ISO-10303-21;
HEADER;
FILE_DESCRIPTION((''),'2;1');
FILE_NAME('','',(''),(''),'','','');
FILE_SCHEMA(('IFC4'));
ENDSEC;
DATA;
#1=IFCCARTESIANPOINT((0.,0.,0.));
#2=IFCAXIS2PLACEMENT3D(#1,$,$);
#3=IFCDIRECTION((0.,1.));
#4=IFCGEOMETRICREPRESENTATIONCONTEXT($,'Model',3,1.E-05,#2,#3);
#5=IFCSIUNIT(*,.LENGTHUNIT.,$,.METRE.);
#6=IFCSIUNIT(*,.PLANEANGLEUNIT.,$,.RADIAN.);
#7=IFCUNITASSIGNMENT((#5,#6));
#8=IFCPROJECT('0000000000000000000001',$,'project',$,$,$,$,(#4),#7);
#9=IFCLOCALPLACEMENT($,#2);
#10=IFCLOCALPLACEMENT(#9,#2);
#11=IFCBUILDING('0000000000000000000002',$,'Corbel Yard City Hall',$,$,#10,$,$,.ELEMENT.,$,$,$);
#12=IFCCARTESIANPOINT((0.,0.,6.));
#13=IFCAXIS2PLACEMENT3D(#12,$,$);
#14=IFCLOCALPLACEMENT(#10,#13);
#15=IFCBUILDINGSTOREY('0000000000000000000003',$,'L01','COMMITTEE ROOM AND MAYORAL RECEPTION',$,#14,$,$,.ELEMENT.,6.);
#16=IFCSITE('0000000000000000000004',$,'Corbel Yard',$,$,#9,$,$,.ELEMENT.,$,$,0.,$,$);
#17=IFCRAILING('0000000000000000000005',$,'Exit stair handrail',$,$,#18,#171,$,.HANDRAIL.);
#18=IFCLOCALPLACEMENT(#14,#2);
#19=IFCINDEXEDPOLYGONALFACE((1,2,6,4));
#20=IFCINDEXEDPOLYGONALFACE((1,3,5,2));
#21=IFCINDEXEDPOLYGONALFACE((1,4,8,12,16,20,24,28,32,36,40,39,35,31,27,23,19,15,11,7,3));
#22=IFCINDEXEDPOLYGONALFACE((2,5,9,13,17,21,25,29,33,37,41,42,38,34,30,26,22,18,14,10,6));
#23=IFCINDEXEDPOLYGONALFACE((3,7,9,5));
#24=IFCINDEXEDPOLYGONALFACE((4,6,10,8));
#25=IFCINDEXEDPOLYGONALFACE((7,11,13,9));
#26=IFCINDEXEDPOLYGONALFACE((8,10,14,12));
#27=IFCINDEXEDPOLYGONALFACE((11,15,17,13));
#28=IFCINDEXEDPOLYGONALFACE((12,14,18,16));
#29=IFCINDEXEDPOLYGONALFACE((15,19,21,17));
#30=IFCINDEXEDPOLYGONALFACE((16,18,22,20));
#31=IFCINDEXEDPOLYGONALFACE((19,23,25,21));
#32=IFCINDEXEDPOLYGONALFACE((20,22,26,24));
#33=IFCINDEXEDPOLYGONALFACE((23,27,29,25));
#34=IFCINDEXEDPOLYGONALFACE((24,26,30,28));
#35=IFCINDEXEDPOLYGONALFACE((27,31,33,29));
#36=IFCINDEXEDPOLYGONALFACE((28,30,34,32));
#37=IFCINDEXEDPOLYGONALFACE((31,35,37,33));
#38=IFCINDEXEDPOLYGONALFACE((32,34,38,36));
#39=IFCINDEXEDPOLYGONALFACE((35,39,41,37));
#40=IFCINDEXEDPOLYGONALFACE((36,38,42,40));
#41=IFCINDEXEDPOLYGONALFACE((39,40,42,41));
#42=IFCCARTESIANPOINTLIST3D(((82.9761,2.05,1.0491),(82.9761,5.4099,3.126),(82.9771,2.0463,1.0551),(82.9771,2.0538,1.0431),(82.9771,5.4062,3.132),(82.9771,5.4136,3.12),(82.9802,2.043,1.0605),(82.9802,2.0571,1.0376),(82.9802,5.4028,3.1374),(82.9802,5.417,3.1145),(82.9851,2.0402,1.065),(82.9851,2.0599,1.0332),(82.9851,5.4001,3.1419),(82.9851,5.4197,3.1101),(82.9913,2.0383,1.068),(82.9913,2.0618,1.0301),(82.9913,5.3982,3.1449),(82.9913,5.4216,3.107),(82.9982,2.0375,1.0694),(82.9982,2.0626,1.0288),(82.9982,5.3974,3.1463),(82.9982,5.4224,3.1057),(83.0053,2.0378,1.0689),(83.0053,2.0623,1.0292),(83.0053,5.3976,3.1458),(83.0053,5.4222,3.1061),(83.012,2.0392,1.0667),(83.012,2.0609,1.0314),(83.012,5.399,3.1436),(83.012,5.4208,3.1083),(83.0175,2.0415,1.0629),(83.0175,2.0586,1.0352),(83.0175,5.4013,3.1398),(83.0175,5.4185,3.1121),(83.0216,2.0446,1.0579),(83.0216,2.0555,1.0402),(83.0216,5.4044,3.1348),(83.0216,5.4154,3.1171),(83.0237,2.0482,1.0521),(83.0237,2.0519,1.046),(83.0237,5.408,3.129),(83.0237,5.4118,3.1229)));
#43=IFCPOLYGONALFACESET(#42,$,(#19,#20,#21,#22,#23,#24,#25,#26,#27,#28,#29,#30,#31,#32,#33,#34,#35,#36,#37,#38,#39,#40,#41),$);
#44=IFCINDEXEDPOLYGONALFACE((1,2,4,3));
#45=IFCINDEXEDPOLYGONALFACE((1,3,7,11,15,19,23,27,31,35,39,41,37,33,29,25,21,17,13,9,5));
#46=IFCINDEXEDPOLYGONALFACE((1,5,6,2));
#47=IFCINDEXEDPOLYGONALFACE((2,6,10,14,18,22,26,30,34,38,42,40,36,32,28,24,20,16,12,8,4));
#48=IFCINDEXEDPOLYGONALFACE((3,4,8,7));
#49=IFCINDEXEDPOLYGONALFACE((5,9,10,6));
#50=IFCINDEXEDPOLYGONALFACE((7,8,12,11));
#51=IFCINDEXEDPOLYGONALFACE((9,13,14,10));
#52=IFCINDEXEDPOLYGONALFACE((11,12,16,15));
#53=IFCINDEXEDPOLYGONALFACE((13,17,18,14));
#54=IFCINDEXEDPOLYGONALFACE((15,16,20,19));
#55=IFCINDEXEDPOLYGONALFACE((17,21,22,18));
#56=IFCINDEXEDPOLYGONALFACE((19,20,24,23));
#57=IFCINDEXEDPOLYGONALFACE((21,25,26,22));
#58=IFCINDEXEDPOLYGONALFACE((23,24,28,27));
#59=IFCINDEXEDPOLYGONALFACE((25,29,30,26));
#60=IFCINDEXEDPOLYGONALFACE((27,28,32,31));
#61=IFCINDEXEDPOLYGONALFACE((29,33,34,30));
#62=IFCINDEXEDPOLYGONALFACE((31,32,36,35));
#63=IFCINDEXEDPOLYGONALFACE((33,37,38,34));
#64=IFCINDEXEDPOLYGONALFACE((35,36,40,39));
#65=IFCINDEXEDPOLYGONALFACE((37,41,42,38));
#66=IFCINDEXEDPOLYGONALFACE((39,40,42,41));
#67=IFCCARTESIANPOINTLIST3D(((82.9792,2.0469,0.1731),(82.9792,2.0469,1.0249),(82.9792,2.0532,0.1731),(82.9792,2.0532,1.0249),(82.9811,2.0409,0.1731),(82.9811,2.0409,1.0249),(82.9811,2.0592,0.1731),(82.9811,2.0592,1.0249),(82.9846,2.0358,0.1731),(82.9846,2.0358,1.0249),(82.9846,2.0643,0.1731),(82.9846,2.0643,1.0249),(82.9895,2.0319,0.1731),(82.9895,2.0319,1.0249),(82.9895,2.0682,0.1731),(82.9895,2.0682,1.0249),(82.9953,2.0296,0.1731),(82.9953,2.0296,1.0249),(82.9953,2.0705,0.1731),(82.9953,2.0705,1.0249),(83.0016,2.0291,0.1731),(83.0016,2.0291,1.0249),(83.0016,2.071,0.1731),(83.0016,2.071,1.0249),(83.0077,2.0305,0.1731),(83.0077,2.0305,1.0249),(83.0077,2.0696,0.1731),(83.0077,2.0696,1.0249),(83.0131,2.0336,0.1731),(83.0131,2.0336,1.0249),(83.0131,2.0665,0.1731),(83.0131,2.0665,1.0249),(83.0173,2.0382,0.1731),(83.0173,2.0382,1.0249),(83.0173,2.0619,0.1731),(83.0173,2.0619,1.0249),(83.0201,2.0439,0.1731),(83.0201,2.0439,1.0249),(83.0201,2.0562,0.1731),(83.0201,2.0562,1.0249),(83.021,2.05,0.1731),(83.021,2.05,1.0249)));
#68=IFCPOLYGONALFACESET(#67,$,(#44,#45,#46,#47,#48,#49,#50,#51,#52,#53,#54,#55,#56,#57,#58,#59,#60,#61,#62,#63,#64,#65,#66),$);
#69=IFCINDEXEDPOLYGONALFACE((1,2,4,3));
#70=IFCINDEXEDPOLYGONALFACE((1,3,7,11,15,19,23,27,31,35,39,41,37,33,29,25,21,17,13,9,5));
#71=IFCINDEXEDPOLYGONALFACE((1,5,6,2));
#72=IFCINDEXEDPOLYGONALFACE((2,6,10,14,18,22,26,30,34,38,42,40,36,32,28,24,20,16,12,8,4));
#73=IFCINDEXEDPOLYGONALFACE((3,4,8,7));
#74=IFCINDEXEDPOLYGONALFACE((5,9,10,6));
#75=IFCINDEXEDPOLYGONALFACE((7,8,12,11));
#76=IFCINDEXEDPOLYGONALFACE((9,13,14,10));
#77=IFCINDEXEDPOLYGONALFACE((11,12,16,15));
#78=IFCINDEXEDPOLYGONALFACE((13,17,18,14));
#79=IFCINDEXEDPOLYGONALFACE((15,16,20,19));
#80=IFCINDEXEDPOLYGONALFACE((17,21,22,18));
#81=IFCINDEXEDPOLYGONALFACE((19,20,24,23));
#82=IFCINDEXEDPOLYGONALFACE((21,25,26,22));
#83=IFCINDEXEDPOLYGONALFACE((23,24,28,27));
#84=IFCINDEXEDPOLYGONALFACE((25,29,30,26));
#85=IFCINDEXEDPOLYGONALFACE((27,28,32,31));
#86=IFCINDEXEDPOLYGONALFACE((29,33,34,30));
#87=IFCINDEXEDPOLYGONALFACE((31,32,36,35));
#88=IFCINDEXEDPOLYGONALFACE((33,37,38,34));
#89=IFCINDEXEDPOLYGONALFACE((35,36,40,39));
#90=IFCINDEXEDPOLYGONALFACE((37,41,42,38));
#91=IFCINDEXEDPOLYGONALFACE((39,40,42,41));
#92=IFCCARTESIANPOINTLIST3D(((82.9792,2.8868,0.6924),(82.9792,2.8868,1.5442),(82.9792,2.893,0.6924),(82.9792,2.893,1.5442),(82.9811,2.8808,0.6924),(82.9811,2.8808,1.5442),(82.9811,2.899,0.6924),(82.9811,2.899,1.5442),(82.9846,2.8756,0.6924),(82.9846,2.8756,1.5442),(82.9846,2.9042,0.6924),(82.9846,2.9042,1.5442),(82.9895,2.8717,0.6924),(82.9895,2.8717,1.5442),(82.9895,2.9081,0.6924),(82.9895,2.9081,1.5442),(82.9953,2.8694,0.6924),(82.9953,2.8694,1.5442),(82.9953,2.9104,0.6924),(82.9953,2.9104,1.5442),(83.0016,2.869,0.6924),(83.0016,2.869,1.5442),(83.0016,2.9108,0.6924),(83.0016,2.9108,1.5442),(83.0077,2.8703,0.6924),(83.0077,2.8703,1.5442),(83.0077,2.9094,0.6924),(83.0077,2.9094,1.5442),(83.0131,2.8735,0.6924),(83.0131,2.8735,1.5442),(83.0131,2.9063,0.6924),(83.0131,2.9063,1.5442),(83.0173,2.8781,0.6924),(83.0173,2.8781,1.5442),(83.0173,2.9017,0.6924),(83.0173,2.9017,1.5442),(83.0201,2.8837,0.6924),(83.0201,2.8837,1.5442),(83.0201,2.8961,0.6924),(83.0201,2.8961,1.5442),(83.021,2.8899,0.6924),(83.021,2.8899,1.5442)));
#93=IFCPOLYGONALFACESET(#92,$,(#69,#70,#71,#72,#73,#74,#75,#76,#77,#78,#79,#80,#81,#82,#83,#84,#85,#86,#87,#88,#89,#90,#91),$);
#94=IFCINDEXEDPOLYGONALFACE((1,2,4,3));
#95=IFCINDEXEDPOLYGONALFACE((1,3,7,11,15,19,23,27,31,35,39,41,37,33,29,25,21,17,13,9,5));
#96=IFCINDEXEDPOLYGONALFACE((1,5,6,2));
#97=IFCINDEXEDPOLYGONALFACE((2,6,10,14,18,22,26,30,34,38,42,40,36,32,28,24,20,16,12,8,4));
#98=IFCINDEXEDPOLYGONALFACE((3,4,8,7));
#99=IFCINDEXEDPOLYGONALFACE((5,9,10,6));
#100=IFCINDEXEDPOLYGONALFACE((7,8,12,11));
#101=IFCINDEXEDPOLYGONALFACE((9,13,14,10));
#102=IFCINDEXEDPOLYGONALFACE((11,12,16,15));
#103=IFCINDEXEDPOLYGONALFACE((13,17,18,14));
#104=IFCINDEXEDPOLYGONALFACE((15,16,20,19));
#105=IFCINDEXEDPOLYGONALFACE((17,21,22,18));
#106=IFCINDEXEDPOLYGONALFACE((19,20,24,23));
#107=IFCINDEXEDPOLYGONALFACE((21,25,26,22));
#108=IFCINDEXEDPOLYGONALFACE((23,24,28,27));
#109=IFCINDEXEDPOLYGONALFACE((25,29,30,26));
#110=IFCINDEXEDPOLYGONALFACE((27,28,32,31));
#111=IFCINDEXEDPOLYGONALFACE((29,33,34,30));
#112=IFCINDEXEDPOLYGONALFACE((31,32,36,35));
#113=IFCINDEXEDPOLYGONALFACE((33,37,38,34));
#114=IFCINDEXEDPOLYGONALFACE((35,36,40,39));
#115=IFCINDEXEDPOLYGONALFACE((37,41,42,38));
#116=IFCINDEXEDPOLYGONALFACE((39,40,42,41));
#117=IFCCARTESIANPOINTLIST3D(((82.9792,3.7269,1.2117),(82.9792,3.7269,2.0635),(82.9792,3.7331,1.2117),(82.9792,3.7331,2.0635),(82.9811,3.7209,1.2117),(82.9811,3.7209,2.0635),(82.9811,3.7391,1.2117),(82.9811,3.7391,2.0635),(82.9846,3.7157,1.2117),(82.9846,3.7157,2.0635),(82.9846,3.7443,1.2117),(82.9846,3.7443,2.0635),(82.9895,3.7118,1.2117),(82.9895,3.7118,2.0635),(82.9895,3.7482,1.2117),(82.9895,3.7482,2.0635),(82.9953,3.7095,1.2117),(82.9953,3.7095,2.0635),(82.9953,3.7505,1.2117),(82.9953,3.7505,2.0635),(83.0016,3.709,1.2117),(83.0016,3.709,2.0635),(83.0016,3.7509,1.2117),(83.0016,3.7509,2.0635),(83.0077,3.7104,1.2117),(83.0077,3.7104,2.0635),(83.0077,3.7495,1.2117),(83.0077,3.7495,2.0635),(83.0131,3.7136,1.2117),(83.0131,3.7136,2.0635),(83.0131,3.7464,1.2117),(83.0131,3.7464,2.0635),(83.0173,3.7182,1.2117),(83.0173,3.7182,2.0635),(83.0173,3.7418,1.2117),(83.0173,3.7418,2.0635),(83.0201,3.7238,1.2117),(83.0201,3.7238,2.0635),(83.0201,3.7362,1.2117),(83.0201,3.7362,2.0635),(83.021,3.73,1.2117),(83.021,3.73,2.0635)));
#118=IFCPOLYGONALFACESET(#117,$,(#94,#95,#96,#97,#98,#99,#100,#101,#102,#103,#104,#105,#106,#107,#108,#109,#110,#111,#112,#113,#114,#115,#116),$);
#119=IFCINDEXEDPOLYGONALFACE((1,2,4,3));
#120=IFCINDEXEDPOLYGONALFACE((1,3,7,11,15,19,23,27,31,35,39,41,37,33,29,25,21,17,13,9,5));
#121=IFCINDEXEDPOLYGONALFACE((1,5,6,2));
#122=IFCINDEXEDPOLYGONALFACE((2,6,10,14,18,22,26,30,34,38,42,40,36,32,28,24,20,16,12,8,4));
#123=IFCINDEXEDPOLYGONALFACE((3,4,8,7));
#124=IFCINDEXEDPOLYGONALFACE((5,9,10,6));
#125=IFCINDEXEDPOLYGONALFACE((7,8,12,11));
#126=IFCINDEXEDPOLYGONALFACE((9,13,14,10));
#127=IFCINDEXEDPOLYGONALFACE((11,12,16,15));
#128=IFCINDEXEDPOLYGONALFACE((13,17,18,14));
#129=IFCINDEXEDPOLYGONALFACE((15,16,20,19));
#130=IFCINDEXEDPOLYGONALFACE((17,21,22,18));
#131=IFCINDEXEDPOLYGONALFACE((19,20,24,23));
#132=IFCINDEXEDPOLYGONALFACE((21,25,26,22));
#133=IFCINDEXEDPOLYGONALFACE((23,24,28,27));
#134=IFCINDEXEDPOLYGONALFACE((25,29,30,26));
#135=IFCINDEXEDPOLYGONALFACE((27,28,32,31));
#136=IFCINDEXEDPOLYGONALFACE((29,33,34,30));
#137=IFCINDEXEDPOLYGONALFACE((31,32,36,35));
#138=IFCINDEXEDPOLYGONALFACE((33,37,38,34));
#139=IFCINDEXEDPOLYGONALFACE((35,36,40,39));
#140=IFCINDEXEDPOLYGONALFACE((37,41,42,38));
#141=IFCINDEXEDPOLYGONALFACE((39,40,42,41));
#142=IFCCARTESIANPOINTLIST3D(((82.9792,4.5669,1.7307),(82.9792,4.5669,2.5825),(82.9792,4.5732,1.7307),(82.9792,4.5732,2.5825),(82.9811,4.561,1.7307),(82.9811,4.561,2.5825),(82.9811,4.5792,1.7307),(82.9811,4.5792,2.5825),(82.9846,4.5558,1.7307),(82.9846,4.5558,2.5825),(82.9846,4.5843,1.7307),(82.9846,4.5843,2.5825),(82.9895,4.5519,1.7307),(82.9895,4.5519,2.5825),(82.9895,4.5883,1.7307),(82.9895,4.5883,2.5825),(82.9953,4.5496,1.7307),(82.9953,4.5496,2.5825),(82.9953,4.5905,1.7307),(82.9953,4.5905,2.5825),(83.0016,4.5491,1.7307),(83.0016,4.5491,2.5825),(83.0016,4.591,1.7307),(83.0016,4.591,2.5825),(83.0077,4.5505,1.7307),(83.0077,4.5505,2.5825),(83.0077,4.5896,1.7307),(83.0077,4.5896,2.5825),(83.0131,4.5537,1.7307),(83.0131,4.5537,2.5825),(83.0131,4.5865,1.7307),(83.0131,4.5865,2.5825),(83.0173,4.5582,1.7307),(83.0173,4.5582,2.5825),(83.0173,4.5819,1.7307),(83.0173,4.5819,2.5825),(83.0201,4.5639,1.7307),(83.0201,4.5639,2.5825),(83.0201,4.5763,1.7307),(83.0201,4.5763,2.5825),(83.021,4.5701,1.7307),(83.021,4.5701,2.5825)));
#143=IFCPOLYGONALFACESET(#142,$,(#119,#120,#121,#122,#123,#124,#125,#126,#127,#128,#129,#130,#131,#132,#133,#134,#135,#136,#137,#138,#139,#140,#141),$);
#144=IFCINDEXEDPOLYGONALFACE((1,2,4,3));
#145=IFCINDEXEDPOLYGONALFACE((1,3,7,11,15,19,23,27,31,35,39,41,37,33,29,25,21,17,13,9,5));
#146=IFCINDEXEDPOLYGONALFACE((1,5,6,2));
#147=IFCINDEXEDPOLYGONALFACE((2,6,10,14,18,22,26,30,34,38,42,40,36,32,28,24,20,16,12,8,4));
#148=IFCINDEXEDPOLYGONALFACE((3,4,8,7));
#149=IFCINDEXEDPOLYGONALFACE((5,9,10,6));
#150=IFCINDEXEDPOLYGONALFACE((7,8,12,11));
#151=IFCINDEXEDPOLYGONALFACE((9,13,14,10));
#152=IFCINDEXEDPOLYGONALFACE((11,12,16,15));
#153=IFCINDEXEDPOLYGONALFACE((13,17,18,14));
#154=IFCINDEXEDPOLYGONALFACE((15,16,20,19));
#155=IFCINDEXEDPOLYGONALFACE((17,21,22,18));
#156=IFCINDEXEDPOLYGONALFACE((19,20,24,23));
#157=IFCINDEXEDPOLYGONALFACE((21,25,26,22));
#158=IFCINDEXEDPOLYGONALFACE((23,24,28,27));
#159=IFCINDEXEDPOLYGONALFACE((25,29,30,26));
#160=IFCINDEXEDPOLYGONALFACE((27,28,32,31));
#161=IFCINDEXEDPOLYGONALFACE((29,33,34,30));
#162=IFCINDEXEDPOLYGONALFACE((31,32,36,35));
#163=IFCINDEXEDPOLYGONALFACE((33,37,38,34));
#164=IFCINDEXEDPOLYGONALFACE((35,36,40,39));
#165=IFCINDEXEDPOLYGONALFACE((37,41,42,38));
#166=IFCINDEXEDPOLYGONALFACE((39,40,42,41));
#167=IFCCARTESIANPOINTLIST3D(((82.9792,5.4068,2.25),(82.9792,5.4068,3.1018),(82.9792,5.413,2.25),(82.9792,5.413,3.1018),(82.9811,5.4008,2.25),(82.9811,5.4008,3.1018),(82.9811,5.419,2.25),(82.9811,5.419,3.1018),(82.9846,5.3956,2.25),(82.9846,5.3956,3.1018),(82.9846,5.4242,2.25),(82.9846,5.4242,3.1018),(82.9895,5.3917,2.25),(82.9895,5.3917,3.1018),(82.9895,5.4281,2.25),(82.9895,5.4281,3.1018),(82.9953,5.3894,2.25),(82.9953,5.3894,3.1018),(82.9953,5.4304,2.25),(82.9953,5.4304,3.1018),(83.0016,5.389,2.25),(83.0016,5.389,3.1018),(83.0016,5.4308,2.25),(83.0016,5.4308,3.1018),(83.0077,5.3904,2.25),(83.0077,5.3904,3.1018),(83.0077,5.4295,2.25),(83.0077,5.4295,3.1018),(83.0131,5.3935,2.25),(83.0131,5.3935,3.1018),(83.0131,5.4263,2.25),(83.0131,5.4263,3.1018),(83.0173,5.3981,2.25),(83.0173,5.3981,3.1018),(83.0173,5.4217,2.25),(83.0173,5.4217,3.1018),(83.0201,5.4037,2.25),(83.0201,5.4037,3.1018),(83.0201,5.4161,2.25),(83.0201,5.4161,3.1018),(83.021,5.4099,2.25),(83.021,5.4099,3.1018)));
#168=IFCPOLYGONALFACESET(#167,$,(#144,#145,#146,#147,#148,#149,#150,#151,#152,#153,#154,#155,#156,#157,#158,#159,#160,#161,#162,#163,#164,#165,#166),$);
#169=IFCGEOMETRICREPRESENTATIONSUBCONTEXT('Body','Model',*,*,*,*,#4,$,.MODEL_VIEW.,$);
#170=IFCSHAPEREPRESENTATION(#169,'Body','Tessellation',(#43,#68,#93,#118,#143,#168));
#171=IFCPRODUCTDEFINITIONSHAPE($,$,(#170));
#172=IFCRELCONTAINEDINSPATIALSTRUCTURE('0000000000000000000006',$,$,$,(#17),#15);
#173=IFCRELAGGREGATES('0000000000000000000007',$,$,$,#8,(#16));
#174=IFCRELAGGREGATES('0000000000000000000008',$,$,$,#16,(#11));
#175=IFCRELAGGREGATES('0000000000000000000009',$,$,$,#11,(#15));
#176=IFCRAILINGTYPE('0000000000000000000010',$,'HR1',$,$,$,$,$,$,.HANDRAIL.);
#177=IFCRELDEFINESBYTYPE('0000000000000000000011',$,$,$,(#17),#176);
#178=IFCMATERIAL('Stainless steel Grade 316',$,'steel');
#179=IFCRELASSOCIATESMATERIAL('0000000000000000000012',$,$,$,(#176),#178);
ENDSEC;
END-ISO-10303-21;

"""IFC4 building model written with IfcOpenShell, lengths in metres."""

from ifc_helpers import new_model, si_unit, direction, frame, origin, origin_2d, place, context, subcontext, project, spatial, circle, extrude, material, type_object, element, save


model = new_model("IFC4")

# Units and contexts
model_context = context("Model", 3, precision=1e-05, world=origin(), true_north=direction((0.0, 1.0)))
body_context = subcontext(model_context, "Body", "Model", "MODEL_VIEW")
ifc_project = project(units=[si_unit("LENGTHUNIT", "METRE"), si_unit("PLANEANGLEUNIT", "RADIAN")], contexts=[model_context])

# Site, building, storey
site_placement = place(None, origin())
site = spatial("IfcSite", under=ifc_project, at=site_placement, Name="Corbel Yard", CompositionType="ELEMENT", RefElevation=0.0)
building_placement = place(site_placement, origin())
building = spatial("IfcBuilding", under=site, at=building_placement, Name="Corbel Yard City Hall", CompositionType="ELEMENT")
storey_placement = place(building_placement, frame((0.0, 0.0, 6.0)))
storey = spatial("IfcBuildingStorey", under=building, at=storey_placement, Name="L01", Description="COMMITTEE ROOM AND MAYORAL RECEPTION", CompositionType="ELEMENT", Elevation=6.0)

# Shared definitions
ifc_material_1 = material(Name="Stainless steel Grade 316", Category="steel")

# Railing
railing_type_1 = type_object("IfcRailingType", Name="HR1", PredefinedType="HANDRAIL", material=ifc_material_1)
for number, where, name in (
    (1, (83.0, 2.05, 0.1731), "Exit stair handrail"),
):
    element("IfcRailing", number, at=place(storey_placement, frame(where)), inside=storey, type_object=railing_type_1, Name=name, PredefinedType="HANDRAIL", context=body_context, shape_type="SweptSolid", body=[
        extrude(circle(Radius=0.0239, at=origin_2d()), frame((0.0, 0.0, 0.876), z_axis=(0.0, 0.850606, 0.525803), x_axis=(-1.0, 0.0, 0.0)), (0.0, 0.0, 1.0), 3.95),
        extrude(circle(Radius=0.021, at=origin_2d()), origin(), (0.0, 0.0, 1.0), 0.8518),
        extrude(circle(Radius=0.021, at=origin_2d()), frame((0.0, 0.8398, 0.5193)), (0.0, 0.0, 1.0), 0.8518),
        extrude(circle(Radius=0.021, at=origin_2d()), frame((0.0, 1.6799, 1.0386)), (0.0, 0.0, 1.0), 0.8518),
        extrude(circle(Radius=0.021, at=origin_2d()), frame((0.0, 2.52, 1.5576)), (0.0, 0.0, 1.0), 0.8518),
        extrude(circle(Radius=0.021, at=origin_2d()), frame((0.0, 3.3599, 2.0769)), (0.0, 0.0, 1.0), 0.8518),
    ])

save(model, "model.ifc")
